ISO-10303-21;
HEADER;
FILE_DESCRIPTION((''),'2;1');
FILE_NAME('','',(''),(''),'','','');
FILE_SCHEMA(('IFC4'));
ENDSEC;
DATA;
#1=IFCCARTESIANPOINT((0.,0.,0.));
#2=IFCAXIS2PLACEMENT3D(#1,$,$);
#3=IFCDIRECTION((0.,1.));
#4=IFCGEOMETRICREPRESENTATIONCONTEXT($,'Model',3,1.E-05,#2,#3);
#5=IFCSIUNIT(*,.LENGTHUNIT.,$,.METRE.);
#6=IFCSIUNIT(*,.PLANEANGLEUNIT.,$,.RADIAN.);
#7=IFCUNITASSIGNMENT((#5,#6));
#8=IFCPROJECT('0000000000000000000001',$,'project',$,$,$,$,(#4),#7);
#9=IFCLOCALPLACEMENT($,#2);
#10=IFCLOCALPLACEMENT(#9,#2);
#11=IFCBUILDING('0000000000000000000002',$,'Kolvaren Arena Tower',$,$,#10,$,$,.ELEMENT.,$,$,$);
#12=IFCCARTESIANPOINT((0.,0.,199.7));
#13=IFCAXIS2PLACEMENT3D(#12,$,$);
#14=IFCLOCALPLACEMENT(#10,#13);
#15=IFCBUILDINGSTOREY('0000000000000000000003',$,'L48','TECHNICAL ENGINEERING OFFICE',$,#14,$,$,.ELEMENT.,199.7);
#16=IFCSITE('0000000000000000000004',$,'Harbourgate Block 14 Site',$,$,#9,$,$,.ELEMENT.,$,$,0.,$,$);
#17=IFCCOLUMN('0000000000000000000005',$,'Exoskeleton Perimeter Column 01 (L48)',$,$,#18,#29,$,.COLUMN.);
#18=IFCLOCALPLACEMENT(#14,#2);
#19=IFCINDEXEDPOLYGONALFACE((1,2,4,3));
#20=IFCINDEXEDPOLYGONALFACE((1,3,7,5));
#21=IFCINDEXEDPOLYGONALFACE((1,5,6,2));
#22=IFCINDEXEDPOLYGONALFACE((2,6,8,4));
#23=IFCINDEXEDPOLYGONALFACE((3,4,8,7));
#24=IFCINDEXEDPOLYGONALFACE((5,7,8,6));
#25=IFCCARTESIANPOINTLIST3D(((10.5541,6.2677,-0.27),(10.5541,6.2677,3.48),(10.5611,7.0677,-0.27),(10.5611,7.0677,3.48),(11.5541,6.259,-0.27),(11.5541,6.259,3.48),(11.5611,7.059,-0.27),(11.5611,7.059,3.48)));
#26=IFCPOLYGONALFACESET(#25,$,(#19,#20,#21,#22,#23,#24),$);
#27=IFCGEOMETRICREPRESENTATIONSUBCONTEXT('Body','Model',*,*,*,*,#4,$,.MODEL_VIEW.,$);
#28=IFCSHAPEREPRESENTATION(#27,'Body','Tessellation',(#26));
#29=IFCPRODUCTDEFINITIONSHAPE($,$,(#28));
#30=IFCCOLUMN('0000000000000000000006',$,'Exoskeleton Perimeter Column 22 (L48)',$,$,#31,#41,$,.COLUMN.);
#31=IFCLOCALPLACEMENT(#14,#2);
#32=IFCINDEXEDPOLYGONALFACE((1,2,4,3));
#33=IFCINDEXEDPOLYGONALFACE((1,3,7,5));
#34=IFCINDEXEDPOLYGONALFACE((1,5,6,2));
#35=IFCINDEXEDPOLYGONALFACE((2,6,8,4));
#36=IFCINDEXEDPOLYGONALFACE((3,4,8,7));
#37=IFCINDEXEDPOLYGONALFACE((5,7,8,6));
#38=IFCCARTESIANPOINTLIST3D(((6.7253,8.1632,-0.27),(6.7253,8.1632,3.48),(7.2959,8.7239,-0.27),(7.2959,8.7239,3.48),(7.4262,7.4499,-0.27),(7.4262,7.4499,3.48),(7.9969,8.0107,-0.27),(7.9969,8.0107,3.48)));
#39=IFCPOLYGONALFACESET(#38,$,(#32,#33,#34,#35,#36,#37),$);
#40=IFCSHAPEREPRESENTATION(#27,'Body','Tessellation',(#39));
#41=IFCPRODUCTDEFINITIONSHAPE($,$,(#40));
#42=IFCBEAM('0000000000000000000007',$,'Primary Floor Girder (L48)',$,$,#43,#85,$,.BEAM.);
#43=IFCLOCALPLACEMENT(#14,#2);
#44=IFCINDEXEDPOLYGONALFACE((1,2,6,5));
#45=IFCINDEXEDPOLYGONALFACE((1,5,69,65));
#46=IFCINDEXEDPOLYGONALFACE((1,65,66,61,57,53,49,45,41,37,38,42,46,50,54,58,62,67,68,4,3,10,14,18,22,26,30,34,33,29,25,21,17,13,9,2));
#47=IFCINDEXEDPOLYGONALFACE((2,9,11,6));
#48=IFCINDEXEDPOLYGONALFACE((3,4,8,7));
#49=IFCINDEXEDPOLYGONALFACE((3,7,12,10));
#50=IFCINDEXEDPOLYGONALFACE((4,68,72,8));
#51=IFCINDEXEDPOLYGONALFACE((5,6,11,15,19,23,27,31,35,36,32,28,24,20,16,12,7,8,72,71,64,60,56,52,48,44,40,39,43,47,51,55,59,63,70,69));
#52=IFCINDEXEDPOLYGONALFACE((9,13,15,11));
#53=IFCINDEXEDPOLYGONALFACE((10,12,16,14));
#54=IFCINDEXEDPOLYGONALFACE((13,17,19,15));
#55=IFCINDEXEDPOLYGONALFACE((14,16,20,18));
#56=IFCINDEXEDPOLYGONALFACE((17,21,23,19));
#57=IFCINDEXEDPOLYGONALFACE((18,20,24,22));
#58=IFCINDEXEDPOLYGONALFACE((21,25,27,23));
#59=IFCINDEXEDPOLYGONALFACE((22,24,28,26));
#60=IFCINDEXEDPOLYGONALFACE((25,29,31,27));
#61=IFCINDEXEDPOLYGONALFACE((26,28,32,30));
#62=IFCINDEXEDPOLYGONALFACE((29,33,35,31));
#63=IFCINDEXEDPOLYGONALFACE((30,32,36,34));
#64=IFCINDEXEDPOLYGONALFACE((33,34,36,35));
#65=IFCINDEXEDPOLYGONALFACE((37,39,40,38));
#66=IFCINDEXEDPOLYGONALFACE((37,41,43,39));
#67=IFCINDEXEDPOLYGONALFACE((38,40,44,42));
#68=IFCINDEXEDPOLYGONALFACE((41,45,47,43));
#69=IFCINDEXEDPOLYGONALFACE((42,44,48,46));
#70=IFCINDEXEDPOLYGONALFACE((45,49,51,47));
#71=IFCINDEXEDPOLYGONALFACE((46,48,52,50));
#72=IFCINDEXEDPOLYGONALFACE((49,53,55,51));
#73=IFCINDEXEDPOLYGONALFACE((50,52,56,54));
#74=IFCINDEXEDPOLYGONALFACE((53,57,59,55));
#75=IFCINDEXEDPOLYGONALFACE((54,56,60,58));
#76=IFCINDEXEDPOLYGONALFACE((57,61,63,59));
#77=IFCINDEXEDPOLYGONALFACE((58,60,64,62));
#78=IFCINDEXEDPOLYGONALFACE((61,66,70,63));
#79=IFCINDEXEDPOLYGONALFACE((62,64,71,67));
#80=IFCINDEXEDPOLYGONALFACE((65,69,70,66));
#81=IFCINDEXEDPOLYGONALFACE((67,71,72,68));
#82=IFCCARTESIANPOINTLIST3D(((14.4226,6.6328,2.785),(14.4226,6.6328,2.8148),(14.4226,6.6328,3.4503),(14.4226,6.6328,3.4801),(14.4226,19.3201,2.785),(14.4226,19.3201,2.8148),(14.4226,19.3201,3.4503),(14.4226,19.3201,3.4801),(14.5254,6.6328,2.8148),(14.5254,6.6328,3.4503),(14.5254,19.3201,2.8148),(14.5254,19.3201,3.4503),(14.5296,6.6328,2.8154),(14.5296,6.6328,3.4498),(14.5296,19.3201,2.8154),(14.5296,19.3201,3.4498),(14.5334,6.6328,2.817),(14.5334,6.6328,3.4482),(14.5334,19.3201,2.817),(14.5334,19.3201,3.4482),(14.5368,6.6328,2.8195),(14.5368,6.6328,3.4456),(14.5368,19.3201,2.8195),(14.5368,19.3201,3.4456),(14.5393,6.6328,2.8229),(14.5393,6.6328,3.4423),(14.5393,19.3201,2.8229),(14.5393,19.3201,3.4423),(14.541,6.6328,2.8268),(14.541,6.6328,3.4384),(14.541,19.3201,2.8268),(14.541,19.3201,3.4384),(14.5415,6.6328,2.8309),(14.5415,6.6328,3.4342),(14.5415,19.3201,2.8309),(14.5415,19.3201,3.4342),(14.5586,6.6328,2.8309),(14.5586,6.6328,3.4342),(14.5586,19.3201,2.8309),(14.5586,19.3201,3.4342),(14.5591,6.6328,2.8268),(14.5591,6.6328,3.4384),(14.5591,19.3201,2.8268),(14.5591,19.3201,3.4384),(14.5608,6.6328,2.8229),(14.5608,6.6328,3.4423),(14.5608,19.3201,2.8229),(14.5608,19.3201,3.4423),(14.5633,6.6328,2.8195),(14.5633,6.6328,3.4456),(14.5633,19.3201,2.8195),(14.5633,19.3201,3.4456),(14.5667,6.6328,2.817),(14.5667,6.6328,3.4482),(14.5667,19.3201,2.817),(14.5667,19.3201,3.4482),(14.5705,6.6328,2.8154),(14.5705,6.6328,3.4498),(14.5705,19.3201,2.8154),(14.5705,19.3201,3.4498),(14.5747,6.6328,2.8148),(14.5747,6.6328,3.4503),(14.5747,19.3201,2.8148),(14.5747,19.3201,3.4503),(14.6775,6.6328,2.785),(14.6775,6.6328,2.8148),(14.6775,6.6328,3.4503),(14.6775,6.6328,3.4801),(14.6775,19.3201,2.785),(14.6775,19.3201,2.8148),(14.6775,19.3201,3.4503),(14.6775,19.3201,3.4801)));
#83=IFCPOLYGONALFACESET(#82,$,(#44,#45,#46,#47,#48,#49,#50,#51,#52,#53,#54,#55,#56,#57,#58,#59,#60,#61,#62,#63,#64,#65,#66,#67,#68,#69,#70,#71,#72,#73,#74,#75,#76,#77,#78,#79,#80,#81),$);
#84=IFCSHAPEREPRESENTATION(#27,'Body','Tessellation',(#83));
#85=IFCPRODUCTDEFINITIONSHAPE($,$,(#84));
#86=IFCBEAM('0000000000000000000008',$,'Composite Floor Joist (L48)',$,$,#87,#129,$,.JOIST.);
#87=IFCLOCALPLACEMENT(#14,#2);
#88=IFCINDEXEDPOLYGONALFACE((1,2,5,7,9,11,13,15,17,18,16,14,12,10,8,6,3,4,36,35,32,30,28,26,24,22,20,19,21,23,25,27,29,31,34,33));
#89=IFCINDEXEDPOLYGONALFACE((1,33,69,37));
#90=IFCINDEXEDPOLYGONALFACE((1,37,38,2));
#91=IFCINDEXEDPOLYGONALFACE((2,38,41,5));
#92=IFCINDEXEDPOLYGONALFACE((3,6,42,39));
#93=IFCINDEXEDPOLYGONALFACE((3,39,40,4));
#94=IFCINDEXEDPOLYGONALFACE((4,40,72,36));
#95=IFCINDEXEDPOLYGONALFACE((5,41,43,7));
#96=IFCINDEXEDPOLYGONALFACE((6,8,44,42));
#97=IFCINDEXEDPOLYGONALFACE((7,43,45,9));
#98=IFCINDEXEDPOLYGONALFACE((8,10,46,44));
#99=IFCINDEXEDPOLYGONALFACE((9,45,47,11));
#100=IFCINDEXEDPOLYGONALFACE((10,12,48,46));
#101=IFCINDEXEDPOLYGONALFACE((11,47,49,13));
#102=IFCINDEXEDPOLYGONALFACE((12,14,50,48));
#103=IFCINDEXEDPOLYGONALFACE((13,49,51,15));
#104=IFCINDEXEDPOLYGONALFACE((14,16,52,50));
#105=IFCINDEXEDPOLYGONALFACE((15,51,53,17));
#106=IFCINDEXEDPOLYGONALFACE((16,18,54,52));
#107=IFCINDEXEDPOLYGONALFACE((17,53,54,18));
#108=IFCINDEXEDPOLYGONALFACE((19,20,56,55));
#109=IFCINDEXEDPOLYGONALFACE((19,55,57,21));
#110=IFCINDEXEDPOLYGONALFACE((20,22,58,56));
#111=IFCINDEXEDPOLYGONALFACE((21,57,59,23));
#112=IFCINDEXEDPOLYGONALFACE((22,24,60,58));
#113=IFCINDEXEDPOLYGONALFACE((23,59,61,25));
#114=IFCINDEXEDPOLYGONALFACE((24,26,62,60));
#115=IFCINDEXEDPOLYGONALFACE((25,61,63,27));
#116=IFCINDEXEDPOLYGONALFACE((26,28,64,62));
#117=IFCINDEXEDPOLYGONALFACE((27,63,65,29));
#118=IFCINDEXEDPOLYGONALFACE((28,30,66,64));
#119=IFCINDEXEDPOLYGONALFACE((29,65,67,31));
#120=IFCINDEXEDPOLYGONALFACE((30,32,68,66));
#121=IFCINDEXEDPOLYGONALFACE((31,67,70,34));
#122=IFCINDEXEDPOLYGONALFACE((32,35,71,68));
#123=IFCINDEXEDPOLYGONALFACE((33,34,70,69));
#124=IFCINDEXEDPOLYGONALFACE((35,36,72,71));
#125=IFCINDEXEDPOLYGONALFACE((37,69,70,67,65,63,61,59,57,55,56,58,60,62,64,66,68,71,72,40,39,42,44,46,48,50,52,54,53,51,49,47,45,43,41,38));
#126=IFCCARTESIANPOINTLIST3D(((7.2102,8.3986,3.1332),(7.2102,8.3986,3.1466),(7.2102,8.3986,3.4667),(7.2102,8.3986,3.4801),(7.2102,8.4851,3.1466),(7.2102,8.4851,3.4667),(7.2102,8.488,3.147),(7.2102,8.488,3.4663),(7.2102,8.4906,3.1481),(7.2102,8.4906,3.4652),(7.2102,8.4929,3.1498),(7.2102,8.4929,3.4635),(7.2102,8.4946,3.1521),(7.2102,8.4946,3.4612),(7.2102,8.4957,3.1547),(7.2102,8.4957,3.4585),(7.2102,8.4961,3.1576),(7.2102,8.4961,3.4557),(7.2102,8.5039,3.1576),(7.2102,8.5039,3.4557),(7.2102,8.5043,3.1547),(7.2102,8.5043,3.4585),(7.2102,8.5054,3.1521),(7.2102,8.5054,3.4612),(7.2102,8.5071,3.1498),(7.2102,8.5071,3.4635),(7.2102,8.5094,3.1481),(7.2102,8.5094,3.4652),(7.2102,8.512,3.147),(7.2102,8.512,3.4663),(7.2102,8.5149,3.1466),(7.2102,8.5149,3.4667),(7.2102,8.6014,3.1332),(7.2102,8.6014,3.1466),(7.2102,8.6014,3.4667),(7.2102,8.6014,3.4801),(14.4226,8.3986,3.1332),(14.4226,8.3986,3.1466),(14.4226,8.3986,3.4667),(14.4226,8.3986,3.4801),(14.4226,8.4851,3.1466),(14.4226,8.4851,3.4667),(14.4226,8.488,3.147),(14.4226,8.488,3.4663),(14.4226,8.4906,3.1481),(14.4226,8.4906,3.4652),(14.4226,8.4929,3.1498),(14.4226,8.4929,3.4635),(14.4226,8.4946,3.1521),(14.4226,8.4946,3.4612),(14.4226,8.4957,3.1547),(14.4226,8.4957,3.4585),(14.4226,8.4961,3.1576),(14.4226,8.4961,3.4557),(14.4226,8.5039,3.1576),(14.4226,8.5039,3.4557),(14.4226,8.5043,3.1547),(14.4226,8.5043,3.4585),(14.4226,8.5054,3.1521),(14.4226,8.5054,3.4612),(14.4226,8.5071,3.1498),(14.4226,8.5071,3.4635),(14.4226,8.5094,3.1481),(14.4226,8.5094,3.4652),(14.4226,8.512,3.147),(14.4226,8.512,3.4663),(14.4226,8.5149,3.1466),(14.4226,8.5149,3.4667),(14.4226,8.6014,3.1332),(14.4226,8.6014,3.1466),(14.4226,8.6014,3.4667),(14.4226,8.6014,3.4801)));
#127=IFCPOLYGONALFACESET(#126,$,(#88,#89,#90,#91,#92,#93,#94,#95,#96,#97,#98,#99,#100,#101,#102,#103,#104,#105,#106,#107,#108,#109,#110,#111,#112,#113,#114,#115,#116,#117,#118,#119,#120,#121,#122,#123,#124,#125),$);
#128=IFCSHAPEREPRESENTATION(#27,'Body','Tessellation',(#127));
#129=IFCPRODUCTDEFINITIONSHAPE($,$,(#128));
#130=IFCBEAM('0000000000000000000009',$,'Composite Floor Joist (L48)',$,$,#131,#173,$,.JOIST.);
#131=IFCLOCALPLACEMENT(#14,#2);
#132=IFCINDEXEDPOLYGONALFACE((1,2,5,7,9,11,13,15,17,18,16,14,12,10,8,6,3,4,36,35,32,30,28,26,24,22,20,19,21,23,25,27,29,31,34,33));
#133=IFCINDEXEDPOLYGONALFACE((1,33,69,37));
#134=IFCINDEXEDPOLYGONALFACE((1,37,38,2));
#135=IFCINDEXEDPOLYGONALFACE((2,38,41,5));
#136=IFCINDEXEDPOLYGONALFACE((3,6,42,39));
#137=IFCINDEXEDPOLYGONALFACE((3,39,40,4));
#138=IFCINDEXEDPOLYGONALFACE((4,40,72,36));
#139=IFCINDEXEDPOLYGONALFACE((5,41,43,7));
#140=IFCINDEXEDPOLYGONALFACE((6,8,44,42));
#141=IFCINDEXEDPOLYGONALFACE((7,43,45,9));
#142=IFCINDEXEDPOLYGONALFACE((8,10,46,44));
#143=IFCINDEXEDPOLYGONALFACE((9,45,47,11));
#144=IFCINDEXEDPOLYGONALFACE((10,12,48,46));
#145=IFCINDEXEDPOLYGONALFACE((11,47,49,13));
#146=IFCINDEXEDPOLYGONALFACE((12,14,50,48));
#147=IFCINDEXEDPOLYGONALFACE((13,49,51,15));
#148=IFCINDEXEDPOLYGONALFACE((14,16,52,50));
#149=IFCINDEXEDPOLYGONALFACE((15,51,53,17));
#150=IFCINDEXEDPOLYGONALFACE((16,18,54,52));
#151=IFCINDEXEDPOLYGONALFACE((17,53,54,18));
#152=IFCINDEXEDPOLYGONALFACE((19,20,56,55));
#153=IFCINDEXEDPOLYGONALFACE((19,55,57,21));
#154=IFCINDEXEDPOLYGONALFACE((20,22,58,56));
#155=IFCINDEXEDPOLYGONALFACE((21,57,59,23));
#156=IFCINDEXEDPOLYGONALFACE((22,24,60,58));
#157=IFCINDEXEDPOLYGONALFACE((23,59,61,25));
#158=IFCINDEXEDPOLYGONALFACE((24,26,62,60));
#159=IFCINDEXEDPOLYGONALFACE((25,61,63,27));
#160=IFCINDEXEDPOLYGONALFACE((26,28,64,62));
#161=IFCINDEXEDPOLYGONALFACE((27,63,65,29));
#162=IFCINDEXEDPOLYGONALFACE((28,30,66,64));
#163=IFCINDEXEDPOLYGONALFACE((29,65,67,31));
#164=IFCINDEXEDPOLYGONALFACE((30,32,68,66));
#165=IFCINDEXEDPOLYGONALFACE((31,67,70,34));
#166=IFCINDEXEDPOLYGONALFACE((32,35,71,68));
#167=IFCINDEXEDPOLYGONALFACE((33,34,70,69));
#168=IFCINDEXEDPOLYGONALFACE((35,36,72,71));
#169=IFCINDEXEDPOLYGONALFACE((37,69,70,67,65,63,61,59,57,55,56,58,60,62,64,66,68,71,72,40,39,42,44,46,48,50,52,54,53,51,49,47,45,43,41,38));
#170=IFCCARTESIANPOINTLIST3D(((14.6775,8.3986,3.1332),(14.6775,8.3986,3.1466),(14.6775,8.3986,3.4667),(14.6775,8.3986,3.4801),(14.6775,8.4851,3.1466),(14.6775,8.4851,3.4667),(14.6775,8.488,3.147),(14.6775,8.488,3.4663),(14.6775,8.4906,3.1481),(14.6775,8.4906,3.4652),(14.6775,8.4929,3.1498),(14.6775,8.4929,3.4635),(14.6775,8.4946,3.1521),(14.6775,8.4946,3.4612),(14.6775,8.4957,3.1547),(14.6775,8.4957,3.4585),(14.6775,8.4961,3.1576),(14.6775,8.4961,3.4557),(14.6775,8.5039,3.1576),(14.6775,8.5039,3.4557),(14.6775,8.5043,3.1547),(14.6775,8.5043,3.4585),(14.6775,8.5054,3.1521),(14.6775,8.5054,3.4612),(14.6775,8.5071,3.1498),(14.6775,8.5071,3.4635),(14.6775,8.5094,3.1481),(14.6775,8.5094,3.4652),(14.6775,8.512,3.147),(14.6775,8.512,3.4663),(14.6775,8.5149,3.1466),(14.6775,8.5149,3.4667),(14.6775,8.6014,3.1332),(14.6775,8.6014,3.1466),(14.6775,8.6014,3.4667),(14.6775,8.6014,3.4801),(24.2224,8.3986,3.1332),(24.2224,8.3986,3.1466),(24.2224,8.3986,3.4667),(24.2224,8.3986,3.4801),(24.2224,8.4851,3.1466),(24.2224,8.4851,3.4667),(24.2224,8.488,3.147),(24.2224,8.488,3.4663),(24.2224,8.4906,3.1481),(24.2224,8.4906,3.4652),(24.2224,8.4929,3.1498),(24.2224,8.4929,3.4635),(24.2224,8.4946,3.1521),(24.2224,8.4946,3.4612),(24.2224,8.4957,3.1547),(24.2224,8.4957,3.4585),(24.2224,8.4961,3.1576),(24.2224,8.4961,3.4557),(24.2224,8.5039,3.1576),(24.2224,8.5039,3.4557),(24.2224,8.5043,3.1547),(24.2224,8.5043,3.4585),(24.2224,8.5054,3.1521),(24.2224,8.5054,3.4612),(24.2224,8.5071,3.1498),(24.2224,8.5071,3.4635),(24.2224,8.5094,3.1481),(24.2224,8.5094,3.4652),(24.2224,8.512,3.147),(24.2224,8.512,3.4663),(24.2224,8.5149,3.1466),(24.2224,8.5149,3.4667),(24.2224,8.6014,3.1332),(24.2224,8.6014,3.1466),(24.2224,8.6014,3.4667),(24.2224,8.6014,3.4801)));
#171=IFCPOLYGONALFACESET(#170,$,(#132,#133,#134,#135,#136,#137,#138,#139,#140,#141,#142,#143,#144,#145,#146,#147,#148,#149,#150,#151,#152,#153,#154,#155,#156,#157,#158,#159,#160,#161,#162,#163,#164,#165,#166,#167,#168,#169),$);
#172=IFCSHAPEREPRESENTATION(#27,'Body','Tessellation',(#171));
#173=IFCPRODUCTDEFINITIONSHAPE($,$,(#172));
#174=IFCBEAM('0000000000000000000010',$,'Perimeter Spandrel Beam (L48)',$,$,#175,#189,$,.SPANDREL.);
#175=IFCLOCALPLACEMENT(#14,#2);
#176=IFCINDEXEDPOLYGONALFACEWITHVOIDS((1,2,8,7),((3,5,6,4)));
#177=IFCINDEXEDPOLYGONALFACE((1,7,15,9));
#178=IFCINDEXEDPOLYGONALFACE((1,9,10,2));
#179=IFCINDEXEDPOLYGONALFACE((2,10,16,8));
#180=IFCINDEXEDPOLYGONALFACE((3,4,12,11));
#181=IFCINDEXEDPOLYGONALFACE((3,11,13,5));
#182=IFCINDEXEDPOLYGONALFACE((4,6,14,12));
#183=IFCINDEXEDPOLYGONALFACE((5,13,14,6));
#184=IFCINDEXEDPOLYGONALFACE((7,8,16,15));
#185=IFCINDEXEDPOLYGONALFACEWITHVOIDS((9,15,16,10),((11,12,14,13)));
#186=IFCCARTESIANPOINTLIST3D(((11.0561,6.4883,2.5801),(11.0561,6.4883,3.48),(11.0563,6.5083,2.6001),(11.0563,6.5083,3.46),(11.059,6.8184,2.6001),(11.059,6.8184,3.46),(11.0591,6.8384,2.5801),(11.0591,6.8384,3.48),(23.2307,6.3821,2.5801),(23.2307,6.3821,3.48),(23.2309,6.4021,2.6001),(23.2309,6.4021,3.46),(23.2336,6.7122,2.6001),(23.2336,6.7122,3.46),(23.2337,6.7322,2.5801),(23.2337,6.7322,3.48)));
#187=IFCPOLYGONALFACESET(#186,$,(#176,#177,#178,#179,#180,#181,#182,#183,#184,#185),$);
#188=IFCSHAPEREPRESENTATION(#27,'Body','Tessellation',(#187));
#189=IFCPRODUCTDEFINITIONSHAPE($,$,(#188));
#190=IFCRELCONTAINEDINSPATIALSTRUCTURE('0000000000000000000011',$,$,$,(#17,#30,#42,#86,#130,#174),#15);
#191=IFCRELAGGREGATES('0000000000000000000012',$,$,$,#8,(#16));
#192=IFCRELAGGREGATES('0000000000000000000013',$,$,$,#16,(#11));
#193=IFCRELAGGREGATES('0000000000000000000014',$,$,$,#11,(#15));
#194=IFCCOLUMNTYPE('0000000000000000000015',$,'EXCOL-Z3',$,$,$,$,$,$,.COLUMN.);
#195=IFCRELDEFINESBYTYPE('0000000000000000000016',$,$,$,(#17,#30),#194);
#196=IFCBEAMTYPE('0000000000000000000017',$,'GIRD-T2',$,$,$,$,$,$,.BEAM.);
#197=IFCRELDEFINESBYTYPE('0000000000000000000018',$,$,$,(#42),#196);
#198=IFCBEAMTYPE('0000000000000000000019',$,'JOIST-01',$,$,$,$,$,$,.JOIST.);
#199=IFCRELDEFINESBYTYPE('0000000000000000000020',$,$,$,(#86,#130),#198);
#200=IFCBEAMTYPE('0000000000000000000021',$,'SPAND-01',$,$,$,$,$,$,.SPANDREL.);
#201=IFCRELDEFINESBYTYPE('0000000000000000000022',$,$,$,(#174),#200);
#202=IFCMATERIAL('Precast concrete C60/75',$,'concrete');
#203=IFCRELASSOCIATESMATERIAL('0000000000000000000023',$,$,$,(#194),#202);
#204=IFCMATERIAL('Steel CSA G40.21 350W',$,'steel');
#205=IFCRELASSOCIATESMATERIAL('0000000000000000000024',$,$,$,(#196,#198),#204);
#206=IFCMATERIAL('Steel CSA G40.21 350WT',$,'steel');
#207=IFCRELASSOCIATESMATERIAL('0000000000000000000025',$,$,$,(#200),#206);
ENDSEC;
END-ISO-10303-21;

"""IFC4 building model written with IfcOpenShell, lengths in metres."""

from ifc_helpers import new_model, si_unit, direction, frame, origin, origin_2d, place, context, subcontext, project, spatial, rectangle, hollow_rectangle, i_section, extrude, material, material_profile, profile_set, type_object, element, save


model = new_model("IFC4")

# Units and contexts
model_context = context("Model", 3, precision=1e-05, world=origin(), true_north=direction((0.0, 1.0)))
body_context = subcontext(model_context, "Body", "Model", "MODEL_VIEW")
ifc_project = project(units=[si_unit("LENGTHUNIT", "METRE"), si_unit("PLANEANGLEUNIT", "RADIAN")], contexts=[model_context])

# Site, building, storey
site_placement = place(None, origin())
site = spatial("IfcSite", under=ifc_project, at=site_placement, Name="Harbourgate Block 14 Site", CompositionType="ELEMENT", RefElevation=0.0)
building_placement = place(site_placement, origin())
building = spatial("IfcBuilding", under=site, at=building_placement, Name="Kolvaren Arena Tower", CompositionType="ELEMENT")
storey_placement = place(building_placement, frame((0.0, 0.0, 199.7)))
storey = spatial("IfcBuildingStorey", under=building, at=storey_placement, Name="L48", Description="TECHNICAL ENGINEERING OFFICE", CompositionType="ELEMENT", Elevation=199.7)

# Columns
ifc_material_1 = material(Name="Precast concrete C60/75", Category="concrete")
ifc_material_profile_1 = material_profile(ifc_material_1, rectangle(XDim=1.0, YDim=0.8, at=origin_2d()), Name="RC-1000x800")
ifc_profile_set_1 = profile_set([ifc_material_profile_1], Name="Precast concrete C60/75")
column_type = type_object("IfcColumnType", Name="EXCOL-Z3", PredefinedType="COLUMN", material=ifc_profile_set_1)
for number, where, z_axis, x_axis, name in (
    (1, (11.0576, 6.6633, -0.27), (0.0, 0.0, 1.0), (0.999962, -0.008727, 0.0), "Exoskeleton Perimeter Column 01 (L48)"),
    (2, (7.3611, 8.0869, -0.27), (0.0, 0.0, 1.0), (-0.700909, 0.71325, 0.0), "Exoskeleton Perimeter Column 22 (L48)"),
):
    element("IfcColumn", number, at=place(storey_placement, frame(where, z_axis=z_axis, x_axis=x_axis)), inside=storey, type_object=column_type, Name=name, PredefinedType="COLUMN", context=body_context, shape_type="SweptSolid", body=[
        extrude(rectangle(XDim=1.0, YDim=0.8, at=origin_2d()), origin(), (0.0, 0.0, 1.0), 3.75),
    ])

# Beams
ifc_material_2 = material(Name="Steel CSA G40.21 350W", Category="steel")
ifc_material_profile_2 = material_profile(ifc_material_2, i_section(OverallWidth=0.2549, OverallDepth=0.6951, WebThickness=0.0171, FlangeThickness=0.0298, FilletRadius=0.0161, at=origin_2d()), Name="W690x217")
ifc_profile_set_2 = profile_set([ifc_material_profile_2], Name="Steel CSA G40.21 350W")
beam_type_1 = type_object("IfcBeamType", Name="GIRD-T2", PredefinedType="BEAM", material=ifc_profile_set_2)
beam_1_placement = place(storey_placement, frame((14.55, 6.6328, 3.1326), z_axis=(0.0, 1.0, 0.0), x_axis=(-1.0, 0.0, 0.0)))
element("IfcBeam", 3, at=beam_1_placement, inside=storey, type_object=beam_type_1, Name="Primary Floor Girder (L48)", PredefinedType="BEAM", context=body_context, shape_type="SweptSolid", body=[
    extrude(i_section(OverallWidth=0.2549, OverallDepth=0.6951, WebThickness=0.0171, FlangeThickness=0.0298, FilletRadius=0.0161, at=origin_2d()), origin(), (0.0, 0.0, 1.0), 12.6873),
])
ifc_material_profile_3 = material_profile(ifc_material_2, i_section(OverallWidth=0.2029, OverallDepth=0.3469, WebThickness=0.0078, FlangeThickness=0.0134, FilletRadius=0.011, at=origin_2d()), Name="W360x64")
ifc_profile_set_3 = profile_set([ifc_material_profile_3], Name="Steel CSA G40.21 350W")
beam_type_2 = type_object("IfcBeamType", Name="JOIST-01", PredefinedType="JOIST", material=ifc_profile_set_3)
beam_2_placement = place(storey_placement, frame((7.2102, 8.5, 3.3066), z_axis=(1.0, 0.0, 0.0), x_axis=(0.0, 1.0, 0.0)))
element("IfcBeam", 4, at=beam_2_placement, inside=storey, type_object=beam_type_2, Name="Composite Floor Joist (L48)", PredefinedType="JOIST", context=body_context, shape_type="SweptSolid", body=[
    extrude(i_section(OverallWidth=0.2029, OverallDepth=0.3469, WebThickness=0.0078, FlangeThickness=0.0134, FilletRadius=0.011, at=origin_2d()), origin(), (0.0, 0.0, 1.0), 7.2124),
])
beam_3_placement = place(storey_placement, frame((14.6775, 8.5, 3.3066), z_axis=(1.0, 0.0, 0.0), x_axis=(0.0, 1.0, 0.0)))
element("IfcBeam", 5, at=beam_3_placement, inside=storey, type_object=beam_type_2, Name="Composite Floor Joist (L48)", PredefinedType="JOIST", context=body_context, shape_type="SweptSolid", body=[
    extrude(i_section(OverallWidth=0.2029, OverallDepth=0.3469, WebThickness=0.0078, FlangeThickness=0.0134, FilletRadius=0.011, at=origin_2d()), origin(), (0.0, 0.0, 1.0), 9.5449),
])
ifc_material_3 = material(Name="Steel CSA G40.21 350WT", Category="steel")
ifc_material_profile_4 = material_profile(ifc_material_3, hollow_rectangle(XDim=0.3501, YDim=0.8999, WallThickness=0.02, at=origin_2d()), Name="HSS 900x350x20")
ifc_profile_set_4 = profile_set([ifc_material_profile_4], Name="Steel CSA G40.21 350WT")
beam_type_3 = type_object("IfcBeamType", Name="SPAND-01", PredefinedType="SPANDREL", material=ifc_profile_set_4)
beam_4_placement = place(storey_placement, frame((11.0576, 6.6633, 3.03), z_axis=(0.999962, -0.008723, 0.0), x_axis=(0.008723, 0.999962, 0.0)))
element("IfcBeam", 6, at=beam_4_placement, inside=storey, type_object=beam_type_3, Name="Perimeter Spandrel Beam (L48)", PredefinedType="SPANDREL", context=body_context, shape_type="SweptSolid", body=[
    extrude(hollow_rectangle(XDim=0.3501, YDim=0.8999, WallThickness=0.02, at=origin_2d()), origin(), (0.0, 0.0, 1.0), 12.175),
])

save(model, "model.ifc")
